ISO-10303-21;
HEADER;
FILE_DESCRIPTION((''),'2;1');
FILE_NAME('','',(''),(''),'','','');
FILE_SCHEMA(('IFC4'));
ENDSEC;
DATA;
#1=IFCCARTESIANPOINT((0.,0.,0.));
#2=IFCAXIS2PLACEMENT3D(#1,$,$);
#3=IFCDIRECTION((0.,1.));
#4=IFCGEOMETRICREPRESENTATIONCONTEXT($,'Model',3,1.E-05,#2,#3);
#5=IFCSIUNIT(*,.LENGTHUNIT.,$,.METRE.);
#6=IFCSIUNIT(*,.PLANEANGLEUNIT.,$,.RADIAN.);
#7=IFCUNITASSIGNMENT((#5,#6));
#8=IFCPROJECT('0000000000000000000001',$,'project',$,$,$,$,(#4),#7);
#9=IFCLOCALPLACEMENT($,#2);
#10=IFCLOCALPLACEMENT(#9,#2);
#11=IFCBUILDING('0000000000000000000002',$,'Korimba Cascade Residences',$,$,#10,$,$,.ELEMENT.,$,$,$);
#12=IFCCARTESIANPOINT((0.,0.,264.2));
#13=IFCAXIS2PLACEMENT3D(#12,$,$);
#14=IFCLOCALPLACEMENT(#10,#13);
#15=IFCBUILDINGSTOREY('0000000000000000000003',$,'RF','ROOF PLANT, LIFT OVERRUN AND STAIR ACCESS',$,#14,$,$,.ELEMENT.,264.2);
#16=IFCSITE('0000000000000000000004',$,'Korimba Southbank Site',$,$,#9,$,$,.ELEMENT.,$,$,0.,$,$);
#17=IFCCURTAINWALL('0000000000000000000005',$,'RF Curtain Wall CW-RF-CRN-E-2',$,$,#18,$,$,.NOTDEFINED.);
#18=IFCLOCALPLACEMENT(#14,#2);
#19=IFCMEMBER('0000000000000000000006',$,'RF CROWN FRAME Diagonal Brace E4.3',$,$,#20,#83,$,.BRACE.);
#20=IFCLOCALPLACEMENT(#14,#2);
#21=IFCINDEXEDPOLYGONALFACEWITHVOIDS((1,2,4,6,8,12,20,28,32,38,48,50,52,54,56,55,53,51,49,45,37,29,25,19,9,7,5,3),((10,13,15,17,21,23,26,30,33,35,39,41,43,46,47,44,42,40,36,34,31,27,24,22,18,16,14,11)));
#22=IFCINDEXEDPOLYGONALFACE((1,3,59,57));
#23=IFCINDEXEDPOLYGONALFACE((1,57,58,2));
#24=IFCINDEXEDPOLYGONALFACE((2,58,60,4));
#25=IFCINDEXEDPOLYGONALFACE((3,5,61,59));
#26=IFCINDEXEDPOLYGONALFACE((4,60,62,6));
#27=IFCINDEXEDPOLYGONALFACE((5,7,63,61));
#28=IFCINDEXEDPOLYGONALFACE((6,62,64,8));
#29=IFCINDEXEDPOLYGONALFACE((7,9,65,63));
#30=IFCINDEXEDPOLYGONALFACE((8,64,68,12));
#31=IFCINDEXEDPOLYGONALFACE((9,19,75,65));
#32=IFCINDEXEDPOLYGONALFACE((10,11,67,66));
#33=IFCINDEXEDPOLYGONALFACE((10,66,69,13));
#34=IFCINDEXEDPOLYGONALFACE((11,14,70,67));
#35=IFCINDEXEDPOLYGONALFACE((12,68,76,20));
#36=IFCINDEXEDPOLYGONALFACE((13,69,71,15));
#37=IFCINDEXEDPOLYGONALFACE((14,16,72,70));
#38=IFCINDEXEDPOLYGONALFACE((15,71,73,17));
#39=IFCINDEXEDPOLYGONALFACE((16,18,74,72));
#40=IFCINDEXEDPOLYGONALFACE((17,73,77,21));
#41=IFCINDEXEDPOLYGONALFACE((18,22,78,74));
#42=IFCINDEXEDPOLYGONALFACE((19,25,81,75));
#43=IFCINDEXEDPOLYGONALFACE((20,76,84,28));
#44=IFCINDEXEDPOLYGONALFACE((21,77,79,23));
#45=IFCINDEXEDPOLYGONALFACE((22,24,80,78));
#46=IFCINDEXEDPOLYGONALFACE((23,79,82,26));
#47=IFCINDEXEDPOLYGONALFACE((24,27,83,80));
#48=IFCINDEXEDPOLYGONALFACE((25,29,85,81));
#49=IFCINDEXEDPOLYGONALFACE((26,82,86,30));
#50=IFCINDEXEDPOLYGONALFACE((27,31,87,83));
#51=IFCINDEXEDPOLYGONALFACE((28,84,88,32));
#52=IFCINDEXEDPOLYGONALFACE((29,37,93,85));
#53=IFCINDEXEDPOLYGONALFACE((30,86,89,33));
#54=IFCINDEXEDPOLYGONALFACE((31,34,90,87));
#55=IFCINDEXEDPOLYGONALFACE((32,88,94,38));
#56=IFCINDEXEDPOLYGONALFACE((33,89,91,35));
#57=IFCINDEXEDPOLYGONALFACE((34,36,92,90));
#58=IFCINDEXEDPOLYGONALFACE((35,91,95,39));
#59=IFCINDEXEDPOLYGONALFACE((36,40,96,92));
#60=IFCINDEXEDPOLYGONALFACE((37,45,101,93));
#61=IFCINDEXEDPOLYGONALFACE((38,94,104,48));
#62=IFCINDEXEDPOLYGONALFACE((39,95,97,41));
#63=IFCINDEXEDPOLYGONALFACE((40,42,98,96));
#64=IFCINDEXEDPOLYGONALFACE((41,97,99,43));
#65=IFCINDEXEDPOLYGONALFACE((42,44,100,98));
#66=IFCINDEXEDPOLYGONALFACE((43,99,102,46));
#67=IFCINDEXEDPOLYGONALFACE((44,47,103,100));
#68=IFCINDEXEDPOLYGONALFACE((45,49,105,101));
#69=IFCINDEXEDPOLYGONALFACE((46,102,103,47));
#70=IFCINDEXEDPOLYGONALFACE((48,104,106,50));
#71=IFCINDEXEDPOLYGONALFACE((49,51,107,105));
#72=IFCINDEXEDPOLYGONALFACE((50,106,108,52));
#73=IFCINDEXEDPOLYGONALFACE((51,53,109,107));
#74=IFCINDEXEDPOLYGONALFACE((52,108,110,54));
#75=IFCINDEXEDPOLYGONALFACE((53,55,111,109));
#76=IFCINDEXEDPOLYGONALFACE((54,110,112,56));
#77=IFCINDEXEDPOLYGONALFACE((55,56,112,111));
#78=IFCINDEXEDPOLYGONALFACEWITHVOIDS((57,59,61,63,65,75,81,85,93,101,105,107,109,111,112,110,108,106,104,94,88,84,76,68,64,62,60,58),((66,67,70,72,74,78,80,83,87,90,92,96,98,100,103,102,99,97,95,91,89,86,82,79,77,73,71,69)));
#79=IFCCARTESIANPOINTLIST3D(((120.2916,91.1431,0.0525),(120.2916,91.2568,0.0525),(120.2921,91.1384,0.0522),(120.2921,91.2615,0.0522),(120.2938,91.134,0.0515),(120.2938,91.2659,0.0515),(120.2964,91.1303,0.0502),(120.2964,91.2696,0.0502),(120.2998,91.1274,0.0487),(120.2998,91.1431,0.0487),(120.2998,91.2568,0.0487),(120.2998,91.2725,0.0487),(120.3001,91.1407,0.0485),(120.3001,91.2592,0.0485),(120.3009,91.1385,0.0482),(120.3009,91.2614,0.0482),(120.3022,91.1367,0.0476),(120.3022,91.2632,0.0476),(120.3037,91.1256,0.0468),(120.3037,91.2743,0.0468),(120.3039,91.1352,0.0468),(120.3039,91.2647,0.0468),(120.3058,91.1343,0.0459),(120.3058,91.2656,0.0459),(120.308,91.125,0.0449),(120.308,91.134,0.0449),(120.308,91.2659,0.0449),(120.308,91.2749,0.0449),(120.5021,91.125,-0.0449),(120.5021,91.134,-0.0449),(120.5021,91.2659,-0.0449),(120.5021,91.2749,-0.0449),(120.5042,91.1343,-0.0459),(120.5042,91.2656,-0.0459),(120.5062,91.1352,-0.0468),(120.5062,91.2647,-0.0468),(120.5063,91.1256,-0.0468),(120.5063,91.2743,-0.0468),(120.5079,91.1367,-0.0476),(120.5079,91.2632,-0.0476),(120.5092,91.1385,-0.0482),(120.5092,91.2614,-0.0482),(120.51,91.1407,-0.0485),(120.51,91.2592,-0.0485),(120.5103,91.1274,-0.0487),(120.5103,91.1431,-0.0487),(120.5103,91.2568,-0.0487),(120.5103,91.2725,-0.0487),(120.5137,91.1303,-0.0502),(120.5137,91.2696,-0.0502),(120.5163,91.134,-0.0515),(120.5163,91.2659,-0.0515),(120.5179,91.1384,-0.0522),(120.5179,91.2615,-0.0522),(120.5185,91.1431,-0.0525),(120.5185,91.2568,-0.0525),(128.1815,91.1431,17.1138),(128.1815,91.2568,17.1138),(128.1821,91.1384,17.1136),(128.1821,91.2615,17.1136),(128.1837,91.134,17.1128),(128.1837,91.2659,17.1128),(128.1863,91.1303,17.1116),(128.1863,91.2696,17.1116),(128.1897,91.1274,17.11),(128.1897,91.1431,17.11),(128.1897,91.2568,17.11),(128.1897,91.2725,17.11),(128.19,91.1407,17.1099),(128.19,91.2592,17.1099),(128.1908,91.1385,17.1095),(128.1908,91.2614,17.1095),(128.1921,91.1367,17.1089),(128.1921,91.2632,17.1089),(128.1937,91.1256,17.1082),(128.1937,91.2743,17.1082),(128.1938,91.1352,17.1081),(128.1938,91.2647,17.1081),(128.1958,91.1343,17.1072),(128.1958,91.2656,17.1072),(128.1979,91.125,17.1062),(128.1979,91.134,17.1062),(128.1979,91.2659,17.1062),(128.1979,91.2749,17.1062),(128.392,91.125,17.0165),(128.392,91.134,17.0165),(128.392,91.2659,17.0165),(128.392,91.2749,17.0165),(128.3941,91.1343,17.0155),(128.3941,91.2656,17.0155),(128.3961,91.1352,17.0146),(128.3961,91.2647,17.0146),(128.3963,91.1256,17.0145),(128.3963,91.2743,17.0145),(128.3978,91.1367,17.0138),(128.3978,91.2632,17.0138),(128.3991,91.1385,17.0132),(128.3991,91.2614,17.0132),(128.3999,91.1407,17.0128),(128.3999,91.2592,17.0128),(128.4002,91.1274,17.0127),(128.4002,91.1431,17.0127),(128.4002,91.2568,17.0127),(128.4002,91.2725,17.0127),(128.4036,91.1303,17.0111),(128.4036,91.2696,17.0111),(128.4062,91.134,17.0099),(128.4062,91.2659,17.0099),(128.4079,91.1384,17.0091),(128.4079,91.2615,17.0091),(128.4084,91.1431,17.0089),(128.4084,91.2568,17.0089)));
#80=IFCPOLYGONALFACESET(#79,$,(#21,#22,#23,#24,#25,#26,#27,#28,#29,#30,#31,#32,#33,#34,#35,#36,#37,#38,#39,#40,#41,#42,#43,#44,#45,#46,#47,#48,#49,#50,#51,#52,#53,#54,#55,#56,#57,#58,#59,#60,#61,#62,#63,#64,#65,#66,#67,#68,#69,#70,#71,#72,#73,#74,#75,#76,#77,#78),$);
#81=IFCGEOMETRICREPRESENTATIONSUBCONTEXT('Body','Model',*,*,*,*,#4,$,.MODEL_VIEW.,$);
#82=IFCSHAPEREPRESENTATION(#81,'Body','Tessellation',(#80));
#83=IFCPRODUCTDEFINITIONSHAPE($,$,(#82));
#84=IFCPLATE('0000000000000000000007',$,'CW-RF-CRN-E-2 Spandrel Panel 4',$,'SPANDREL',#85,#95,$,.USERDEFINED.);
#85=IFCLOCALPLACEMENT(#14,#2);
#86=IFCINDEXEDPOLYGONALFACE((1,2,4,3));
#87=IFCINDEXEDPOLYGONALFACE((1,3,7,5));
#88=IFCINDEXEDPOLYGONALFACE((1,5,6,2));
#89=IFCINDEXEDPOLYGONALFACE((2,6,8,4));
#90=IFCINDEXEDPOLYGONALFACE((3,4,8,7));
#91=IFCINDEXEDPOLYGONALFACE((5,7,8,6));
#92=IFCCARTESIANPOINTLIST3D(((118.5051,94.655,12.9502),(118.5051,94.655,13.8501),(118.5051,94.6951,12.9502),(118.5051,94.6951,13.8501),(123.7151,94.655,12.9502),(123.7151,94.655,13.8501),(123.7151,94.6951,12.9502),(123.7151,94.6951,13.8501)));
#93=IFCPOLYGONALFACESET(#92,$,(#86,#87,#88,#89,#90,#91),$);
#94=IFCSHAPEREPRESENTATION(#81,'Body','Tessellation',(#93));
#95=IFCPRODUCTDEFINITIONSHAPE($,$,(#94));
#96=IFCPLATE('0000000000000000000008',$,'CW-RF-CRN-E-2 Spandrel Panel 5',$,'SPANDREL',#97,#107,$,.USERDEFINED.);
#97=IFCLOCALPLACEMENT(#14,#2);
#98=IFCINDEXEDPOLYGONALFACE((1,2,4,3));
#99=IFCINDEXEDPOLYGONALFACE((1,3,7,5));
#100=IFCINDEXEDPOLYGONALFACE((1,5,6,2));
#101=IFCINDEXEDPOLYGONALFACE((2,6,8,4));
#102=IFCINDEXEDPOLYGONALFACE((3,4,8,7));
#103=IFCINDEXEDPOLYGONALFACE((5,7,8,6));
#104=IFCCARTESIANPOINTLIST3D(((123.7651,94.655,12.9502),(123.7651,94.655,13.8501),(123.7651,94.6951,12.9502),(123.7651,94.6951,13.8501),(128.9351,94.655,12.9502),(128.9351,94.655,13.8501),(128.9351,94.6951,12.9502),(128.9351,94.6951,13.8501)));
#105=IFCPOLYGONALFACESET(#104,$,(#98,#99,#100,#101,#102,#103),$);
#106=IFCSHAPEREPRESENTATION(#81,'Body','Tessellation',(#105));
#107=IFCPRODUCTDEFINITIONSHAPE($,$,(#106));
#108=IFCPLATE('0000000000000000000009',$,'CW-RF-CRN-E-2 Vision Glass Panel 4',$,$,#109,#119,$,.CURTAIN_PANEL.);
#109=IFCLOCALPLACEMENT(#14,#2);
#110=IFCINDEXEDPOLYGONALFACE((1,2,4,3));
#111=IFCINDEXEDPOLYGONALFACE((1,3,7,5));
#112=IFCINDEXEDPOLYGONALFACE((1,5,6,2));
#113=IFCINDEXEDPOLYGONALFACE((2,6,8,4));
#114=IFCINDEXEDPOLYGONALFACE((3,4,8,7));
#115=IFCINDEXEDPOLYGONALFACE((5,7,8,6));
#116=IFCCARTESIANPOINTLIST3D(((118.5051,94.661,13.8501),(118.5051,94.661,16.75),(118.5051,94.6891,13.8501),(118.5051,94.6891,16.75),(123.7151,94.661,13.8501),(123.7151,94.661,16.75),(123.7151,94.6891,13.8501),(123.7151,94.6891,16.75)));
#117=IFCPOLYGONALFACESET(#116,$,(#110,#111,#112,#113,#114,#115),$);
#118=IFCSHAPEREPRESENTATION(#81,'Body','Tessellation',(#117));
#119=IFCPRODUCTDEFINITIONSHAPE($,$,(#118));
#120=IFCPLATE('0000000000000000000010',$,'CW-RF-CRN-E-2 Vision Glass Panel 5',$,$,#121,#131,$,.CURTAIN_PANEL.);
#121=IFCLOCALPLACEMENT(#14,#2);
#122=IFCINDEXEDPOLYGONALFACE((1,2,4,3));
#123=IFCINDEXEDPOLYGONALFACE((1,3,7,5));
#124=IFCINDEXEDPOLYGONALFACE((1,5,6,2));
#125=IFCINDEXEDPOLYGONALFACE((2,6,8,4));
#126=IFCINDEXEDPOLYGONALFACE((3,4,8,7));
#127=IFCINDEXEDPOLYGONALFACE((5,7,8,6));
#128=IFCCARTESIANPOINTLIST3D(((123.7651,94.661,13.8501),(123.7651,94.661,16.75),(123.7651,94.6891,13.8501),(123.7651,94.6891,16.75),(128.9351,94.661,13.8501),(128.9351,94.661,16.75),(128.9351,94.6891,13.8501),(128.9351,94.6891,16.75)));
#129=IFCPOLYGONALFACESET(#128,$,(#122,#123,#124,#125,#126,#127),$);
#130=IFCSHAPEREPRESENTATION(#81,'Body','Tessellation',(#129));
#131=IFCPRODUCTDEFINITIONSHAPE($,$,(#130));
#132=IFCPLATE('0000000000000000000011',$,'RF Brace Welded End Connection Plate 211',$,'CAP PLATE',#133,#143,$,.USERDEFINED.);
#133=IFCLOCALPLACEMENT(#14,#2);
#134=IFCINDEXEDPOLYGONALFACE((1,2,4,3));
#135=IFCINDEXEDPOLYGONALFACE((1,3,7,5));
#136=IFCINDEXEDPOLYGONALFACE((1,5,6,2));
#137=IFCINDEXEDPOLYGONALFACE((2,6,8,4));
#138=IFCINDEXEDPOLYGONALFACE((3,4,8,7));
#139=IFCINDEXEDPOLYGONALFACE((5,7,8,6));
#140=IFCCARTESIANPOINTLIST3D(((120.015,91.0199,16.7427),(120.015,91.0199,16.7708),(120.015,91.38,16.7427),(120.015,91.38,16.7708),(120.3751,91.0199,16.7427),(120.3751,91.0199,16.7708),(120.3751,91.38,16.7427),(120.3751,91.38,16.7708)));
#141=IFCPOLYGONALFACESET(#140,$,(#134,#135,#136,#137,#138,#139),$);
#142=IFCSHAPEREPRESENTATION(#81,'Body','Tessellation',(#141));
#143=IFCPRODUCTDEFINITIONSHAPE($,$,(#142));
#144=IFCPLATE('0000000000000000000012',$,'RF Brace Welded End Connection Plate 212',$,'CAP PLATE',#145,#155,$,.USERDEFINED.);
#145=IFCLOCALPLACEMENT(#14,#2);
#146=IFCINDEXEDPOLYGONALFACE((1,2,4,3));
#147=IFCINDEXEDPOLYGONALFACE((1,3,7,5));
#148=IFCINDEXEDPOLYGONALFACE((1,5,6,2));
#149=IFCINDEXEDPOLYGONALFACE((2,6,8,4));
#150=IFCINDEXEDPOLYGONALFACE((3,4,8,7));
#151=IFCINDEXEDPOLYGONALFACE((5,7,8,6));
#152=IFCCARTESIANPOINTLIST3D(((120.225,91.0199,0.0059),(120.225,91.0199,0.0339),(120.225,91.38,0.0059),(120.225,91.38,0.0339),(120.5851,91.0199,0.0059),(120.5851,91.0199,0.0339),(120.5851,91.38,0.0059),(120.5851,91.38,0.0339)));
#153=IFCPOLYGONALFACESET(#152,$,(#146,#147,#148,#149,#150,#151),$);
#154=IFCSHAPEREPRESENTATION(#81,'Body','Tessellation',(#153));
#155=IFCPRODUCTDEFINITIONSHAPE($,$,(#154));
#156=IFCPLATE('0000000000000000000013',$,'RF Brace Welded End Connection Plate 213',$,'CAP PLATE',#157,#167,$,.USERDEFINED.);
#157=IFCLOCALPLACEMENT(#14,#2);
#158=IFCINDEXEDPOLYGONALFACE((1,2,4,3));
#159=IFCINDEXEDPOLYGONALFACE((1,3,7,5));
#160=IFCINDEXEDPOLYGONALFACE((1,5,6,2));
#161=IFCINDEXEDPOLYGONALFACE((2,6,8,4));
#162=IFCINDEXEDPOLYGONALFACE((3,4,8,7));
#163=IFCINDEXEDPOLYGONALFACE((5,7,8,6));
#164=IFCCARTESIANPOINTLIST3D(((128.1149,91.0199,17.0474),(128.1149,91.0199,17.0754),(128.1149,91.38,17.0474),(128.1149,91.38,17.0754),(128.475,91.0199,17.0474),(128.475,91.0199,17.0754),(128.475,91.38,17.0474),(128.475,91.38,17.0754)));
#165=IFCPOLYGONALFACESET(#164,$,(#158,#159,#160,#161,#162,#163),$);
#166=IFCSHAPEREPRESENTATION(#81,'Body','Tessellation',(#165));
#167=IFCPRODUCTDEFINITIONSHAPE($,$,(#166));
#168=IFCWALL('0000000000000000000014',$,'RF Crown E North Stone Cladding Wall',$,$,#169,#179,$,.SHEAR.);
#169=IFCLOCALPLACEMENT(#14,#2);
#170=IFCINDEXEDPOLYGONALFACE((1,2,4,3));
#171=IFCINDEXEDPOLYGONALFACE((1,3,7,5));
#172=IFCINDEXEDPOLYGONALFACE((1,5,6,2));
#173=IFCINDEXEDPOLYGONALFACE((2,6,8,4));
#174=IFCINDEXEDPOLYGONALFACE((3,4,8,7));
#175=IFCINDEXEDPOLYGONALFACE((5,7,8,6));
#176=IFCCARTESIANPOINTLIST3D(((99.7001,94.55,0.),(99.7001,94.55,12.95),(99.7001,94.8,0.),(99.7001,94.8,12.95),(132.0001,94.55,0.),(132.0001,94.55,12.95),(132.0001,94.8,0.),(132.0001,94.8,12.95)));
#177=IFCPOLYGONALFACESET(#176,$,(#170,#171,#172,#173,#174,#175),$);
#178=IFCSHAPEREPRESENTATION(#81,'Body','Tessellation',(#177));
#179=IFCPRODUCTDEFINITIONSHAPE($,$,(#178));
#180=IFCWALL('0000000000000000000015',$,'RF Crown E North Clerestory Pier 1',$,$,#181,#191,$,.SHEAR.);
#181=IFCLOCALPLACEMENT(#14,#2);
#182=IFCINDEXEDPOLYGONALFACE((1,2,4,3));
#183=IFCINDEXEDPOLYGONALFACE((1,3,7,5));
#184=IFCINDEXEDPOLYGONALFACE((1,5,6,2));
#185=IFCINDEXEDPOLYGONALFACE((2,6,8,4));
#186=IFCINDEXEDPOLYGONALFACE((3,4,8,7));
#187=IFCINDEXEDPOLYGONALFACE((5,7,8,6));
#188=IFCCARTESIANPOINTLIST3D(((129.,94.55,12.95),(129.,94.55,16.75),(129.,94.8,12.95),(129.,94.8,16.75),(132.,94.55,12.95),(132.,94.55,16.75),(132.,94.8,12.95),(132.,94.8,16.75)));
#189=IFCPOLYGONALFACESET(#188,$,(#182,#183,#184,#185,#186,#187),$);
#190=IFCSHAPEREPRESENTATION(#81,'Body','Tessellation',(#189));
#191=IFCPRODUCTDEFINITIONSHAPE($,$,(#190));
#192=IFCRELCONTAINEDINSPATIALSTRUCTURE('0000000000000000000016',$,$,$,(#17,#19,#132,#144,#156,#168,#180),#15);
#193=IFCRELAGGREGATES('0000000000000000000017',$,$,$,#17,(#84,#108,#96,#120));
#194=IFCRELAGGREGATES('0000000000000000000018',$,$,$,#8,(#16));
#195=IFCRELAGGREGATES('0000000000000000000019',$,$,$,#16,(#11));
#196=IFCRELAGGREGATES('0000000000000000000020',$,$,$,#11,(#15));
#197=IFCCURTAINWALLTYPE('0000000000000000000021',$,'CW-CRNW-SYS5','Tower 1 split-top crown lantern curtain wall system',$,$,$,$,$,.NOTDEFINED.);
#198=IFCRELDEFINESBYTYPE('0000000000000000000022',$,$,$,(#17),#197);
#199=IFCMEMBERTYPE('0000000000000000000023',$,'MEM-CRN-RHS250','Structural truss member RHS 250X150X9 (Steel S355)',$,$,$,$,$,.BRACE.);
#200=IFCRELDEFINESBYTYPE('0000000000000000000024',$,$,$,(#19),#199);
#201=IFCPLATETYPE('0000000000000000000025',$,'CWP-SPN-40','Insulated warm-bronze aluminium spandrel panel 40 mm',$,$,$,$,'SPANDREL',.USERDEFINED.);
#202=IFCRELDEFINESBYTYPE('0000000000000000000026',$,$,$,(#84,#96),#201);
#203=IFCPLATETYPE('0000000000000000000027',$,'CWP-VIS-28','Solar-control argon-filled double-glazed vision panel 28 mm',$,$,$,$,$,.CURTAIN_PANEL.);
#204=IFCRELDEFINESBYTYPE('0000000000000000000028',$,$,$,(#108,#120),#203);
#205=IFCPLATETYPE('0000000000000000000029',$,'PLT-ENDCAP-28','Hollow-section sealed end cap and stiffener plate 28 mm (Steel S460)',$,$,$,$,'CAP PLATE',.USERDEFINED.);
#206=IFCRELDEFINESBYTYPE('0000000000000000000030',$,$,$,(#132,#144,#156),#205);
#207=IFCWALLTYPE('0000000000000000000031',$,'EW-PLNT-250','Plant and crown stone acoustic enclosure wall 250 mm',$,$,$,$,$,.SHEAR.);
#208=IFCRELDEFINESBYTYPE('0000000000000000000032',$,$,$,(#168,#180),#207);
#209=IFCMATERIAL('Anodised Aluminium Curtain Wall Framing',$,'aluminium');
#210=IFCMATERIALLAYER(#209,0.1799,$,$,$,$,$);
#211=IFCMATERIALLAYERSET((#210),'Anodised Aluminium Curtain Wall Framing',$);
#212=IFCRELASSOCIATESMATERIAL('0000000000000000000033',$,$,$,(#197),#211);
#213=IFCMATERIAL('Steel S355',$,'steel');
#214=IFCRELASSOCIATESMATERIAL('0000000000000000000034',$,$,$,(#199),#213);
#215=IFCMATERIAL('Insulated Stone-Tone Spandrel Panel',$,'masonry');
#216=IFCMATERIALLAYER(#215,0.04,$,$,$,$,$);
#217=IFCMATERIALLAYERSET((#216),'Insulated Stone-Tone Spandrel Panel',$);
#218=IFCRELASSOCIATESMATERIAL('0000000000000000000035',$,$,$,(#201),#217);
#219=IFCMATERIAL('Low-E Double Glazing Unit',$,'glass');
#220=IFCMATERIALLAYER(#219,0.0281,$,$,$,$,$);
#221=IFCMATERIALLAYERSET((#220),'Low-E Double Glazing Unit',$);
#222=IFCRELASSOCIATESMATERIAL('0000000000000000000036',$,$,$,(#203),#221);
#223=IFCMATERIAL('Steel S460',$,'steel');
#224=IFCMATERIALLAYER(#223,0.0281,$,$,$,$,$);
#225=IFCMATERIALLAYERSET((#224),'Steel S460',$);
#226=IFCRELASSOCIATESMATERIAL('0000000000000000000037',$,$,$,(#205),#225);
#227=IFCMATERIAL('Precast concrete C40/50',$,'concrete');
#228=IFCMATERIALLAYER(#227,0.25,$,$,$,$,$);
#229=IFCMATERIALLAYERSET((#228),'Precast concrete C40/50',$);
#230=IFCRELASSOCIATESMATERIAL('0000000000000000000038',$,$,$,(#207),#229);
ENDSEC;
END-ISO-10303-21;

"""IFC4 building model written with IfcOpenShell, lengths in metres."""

from ifc_helpers import new_model, si_unit, direction, frame, frame_2d, origin, origin_2d, place, context, subcontext, project, spatial, rectangle, hollow_rectangle, extrude, material, layer, layer_set, material_profile, profile_set, type_object, element, aggregate, save


model = new_model("IFC4")

# Units and contexts
model_context = context("Model", 3, precision=1e-05, world=origin(), true_north=direction((0.0, 1.0)))
body_context = subcontext(model_context, "Body", "Model", "MODEL_VIEW")
ifc_project = project(units=[si_unit("LENGTHUNIT", "METRE"), si_unit("PLANEANGLEUNIT", "RADIAN")], contexts=[model_context])

# Site, building, storey
site_placement = place(None, origin())
site = spatial("IfcSite", under=ifc_project, at=site_placement, Name="Korimba Southbank Site", CompositionType="ELEMENT", RefElevation=0.0)
building_placement = place(site_placement, origin())
building = spatial("IfcBuilding", under=site, at=building_placement, Name="Korimba Cascade Residences", CompositionType="ELEMENT")
storey_placement = place(building_placement, frame((0.0, 0.0, 264.2)))
storey = spatial("IfcBuildingStorey", under=building, at=storey_placement, Name="RF", Description="ROOF PLANT, LIFT OVERRUN AND STAIR ACCESS", CompositionType="ELEMENT", Elevation=264.2)

# Shared definitions
ifc_material_1 = material(Name="Steel S355", Category="steel")

# Shared definitions
ifc_material_2 = material(Name="Anodised Aluminium Curtain Wall Framing", Category="aluminium")
ifc_layer_1 = layer(ifc_material_2, 0.1799)
ifc_layer_set_1 = layer_set([ifc_layer_1], Name="Anodised Aluminium Curtain Wall Framing")
curtain_wall_type = type_object("IfcCurtainWallType", Name="CW-CRNW-SYS5", Description="Tower 1 split-top crown lantern curtain wall system", PredefinedType="NOTDEFINED", material=ifc_layer_set_1)

# Curtain wall
curtain_wall_1_placement = place(storey_placement, origin())
curtain_wall_1 = element("IfcCurtainWall", 1, at=curtain_wall_1_placement, inside=storey, type_object=curtain_wall_type, Name="RF Curtain Wall CW-RF-CRN-E-2", PredefinedType="NOTDEFINED")

# Member
ifc_material_profile_1 = material_profile(ifc_material_1, hollow_rectangle(XDim=0.1499, YDim=0.25, WallThickness=0.009, InnerFilletRadius=0.009, OuterFilletRadius=0.0181, at=origin_2d()), Name="Steel S355")
ifc_profile_set_1 = profile_set([ifc_material_profile_1], Name="Steel S355")
member_type_1 = type_object("IfcMemberType", Name="MEM-CRN-RHS250", Description="Structural truss member RHS 250X150X9 (Steel S355)", PredefinedType="BRACE", material=ifc_profile_set_1)
member_1_placement = place(storey_placement, frame((120.405, 91.2, 0.0), z_axis=(0.419736, 0.0, 0.907646), x_axis=(0.0, 1.0, 0.0)))
element("IfcMember", 2, at=member_1_placement, inside=storey, type_object=member_type_1, Name="RF CROWN FRAME Diagonal Brace E4.3", PredefinedType="BRACE", context=body_context, shape_type="SweptSolid", body=[
    extrude(hollow_rectangle(XDim=0.1499, YDim=0.25, WallThickness=0.009, InnerFilletRadius=0.009, OuterFilletRadius=0.0181, at=origin_2d()), origin(), (0.0, 0.0, 1.0), 18.7974),
])

# Plates
ifc_material_3 = material(Name="Insulated Stone-Tone Spandrel Panel", Category="masonry")
ifc_layer_2 = layer(ifc_material_3, 0.04)
ifc_layer_set_2 = layer_set([ifc_layer_2], Name="Insulated Stone-Tone Spandrel Panel")
plate_type_1 = type_object("IfcPlateType", Name="CWP-SPN-40", Description="Insulated warm-bronze aluminium spandrel panel 40 mm", ElementType="SPANDREL", PredefinedType="USERDEFINED", material=ifc_layer_set_2)
plate_1_placement = place(storey_placement, frame((121.1101, 94.675, 12.9502), z_axis=(0.0, 0.0, 1.0), x_axis=(1.0, 0.0, 0.0)))
plate_1 = element("IfcPlate", 3, at=plate_1_placement, type_object=plate_type_1, Name="CW-RF-CRN-E-2 Spandrel Panel 4", ObjectType="SPANDREL", PredefinedType="USERDEFINED", context=body_context, shape_type="SweptSolid", body=[
    extrude(rectangle(XDim=5.21, YDim=0.04, at=origin_2d()), origin(), (0.0, 0.0, 1.0), 0.8999),
])
plate_2_placement = place(storey_placement, frame((126.3501, 94.675, 12.9502), z_axis=(0.0, 0.0, 1.0), x_axis=(1.0, 0.0, 0.0)))
plate_2 = element("IfcPlate", 4, at=plate_2_placement, type_object=plate_type_1, Name="CW-RF-CRN-E-2 Spandrel Panel 5", ObjectType="SPANDREL", PredefinedType="USERDEFINED", context=body_context, shape_type="SweptSolid", body=[
    extrude(rectangle(XDim=5.1699, YDim=0.04, at=origin_2d()), origin(), (0.0, 0.0, 1.0), 0.8999),
])
ifc_material_4 = material(Name="Low-E Double Glazing Unit", Category="glass")
ifc_layer_3 = layer(ifc_material_4, 0.0281)
ifc_layer_set_3 = layer_set([ifc_layer_3], Name="Low-E Double Glazing Unit")
plate_type_2 = type_object("IfcPlateType", Name="CWP-VIS-28", Description="Solar-control argon-filled double-glazed vision panel 28 mm", PredefinedType="CURTAIN_PANEL", material=ifc_layer_set_3)
plate_3_placement = place(storey_placement, frame((121.1101, 94.675, 13.8501), z_axis=(0.0, 0.0, 1.0), x_axis=(1.0, 0.0, 0.0)))
plate_3 = element("IfcPlate", 5, at=plate_3_placement, type_object=plate_type_2, Name="CW-RF-CRN-E-2 Vision Glass Panel 4", PredefinedType="CURTAIN_PANEL", context=body_context, shape_type="SweptSolid", body=[
    extrude(rectangle(XDim=5.21, YDim=0.0281, at=origin_2d()), origin(), (0.0, 0.0, 1.0), 2.8999),
])
plate_4_placement = place(storey_placement, frame((126.3501, 94.675, 13.8501), z_axis=(0.0, 0.0, 1.0), x_axis=(1.0, 0.0, 0.0)))
plate_4 = element("IfcPlate", 6, at=plate_4_placement, type_object=plate_type_2, Name="CW-RF-CRN-E-2 Vision Glass Panel 5", PredefinedType="CURTAIN_PANEL", context=body_context, shape_type="SweptSolid", body=[
    extrude(rectangle(XDim=5.1699, YDim=0.0281, at=origin_2d()), origin(), (0.0, 0.0, 1.0), 2.8999),
])
aggregate(curtain_wall_1, [plate_1, plate_3, plate_2, plate_4])

# Plates
ifc_material_5 = material(Name="Steel S460", Category="steel")
ifc_layer_4 = layer(ifc_material_5, 0.0281)
ifc_layer_set_4 = layer_set([ifc_layer_4], Name="Steel S460")
plate_type_3 = type_object("IfcPlateType", Name="PLT-ENDCAP-28", Description="Hollow-section sealed end cap and stiffener plate 28 mm (Steel S460)", ElementType="CAP PLATE", PredefinedType="USERDEFINED", material=ifc_layer_set_4)
for number, where, z_axis, x_axis, name in (
    (7, (120.1951, 91.2, 16.7427), (0.0, 0.0, 1.0), (1.0, 0.0, 0.0), "RF Brace Welded End Connection Plate 211"),
    (8, (120.405, 91.2, 0.0059), (0.0, 0.0, 1.0), (1.0, 0.0, 0.0), "RF Brace Welded End Connection Plate 212"),
    (9, (128.2949, 91.2, 17.0474), (0.0, 0.0, 1.0), (1.0, 0.0, 0.0), "RF Brace Welded End Connection Plate 213"),
):
    element("IfcPlate", number, at=place(storey_placement, frame(where, z_axis=z_axis, x_axis=x_axis)), inside=storey, type_object=plate_type_3, Name=name, ObjectType="CAP PLATE", PredefinedType="USERDEFINED", context=body_context, shape_type="SweptSolid", body=[
        extrude(rectangle(XDim=0.3601, YDim=0.3601, at=origin_2d()), origin(), (0.0, 0.0, 1.0), 0.0281),
    ])

# Walls
ifc_material_6 = material(Name="Precast concrete C40/50", Category="concrete")
ifc_layer_5 = layer(ifc_material_6, 0.25)
ifc_layer_set_5 = layer_set([ifc_layer_5], Name="Precast concrete C40/50")
wall_type = type_object("IfcWallType", Name="EW-PLNT-250", Description="Plant and crown stone acoustic enclosure wall 250 mm", PredefinedType="SHEAR", material=ifc_layer_set_5)
wall_1_placement = place(storey_placement, frame((132.0, 94.675, 0.0), z_axis=(0.0, 0.0, 1.0), x_axis=(-1.0, 0.0, 0.0)))
element("IfcWall", 10, at=wall_1_placement, inside=storey, type_object=wall_type, Name="RF Crown E North Stone Cladding Wall", PredefinedType="SHEAR", context=body_context, shape_type="SweptSolid", body=[
    extrude(rectangle(XDim=32.3, YDim=0.25, at=frame_2d((16.1499, 0.0))), origin(), (0.0, 0.0, 1.0), 12.95),
])
wall_2_placement = place(storey_placement, frame((132.0, 94.675, 12.95), z_axis=(0.0, 0.0, 1.0), x_axis=(-1.0, 0.0, 0.0)))
element("IfcWall", 11, at=wall_2_placement, inside=storey, type_object=wall_type, Name="RF Crown E North Clerestory Pier 1", PredefinedType="SHEAR", context=body_context, shape_type="SweptSolid", body=[
    extrude(rectangle(XDim=3.0, YDim=0.25, at=frame_2d((1.5, 0.0))), origin(), (0.0, 0.0, 1.0), 3.8),
])

save(model, "model.ifc")
